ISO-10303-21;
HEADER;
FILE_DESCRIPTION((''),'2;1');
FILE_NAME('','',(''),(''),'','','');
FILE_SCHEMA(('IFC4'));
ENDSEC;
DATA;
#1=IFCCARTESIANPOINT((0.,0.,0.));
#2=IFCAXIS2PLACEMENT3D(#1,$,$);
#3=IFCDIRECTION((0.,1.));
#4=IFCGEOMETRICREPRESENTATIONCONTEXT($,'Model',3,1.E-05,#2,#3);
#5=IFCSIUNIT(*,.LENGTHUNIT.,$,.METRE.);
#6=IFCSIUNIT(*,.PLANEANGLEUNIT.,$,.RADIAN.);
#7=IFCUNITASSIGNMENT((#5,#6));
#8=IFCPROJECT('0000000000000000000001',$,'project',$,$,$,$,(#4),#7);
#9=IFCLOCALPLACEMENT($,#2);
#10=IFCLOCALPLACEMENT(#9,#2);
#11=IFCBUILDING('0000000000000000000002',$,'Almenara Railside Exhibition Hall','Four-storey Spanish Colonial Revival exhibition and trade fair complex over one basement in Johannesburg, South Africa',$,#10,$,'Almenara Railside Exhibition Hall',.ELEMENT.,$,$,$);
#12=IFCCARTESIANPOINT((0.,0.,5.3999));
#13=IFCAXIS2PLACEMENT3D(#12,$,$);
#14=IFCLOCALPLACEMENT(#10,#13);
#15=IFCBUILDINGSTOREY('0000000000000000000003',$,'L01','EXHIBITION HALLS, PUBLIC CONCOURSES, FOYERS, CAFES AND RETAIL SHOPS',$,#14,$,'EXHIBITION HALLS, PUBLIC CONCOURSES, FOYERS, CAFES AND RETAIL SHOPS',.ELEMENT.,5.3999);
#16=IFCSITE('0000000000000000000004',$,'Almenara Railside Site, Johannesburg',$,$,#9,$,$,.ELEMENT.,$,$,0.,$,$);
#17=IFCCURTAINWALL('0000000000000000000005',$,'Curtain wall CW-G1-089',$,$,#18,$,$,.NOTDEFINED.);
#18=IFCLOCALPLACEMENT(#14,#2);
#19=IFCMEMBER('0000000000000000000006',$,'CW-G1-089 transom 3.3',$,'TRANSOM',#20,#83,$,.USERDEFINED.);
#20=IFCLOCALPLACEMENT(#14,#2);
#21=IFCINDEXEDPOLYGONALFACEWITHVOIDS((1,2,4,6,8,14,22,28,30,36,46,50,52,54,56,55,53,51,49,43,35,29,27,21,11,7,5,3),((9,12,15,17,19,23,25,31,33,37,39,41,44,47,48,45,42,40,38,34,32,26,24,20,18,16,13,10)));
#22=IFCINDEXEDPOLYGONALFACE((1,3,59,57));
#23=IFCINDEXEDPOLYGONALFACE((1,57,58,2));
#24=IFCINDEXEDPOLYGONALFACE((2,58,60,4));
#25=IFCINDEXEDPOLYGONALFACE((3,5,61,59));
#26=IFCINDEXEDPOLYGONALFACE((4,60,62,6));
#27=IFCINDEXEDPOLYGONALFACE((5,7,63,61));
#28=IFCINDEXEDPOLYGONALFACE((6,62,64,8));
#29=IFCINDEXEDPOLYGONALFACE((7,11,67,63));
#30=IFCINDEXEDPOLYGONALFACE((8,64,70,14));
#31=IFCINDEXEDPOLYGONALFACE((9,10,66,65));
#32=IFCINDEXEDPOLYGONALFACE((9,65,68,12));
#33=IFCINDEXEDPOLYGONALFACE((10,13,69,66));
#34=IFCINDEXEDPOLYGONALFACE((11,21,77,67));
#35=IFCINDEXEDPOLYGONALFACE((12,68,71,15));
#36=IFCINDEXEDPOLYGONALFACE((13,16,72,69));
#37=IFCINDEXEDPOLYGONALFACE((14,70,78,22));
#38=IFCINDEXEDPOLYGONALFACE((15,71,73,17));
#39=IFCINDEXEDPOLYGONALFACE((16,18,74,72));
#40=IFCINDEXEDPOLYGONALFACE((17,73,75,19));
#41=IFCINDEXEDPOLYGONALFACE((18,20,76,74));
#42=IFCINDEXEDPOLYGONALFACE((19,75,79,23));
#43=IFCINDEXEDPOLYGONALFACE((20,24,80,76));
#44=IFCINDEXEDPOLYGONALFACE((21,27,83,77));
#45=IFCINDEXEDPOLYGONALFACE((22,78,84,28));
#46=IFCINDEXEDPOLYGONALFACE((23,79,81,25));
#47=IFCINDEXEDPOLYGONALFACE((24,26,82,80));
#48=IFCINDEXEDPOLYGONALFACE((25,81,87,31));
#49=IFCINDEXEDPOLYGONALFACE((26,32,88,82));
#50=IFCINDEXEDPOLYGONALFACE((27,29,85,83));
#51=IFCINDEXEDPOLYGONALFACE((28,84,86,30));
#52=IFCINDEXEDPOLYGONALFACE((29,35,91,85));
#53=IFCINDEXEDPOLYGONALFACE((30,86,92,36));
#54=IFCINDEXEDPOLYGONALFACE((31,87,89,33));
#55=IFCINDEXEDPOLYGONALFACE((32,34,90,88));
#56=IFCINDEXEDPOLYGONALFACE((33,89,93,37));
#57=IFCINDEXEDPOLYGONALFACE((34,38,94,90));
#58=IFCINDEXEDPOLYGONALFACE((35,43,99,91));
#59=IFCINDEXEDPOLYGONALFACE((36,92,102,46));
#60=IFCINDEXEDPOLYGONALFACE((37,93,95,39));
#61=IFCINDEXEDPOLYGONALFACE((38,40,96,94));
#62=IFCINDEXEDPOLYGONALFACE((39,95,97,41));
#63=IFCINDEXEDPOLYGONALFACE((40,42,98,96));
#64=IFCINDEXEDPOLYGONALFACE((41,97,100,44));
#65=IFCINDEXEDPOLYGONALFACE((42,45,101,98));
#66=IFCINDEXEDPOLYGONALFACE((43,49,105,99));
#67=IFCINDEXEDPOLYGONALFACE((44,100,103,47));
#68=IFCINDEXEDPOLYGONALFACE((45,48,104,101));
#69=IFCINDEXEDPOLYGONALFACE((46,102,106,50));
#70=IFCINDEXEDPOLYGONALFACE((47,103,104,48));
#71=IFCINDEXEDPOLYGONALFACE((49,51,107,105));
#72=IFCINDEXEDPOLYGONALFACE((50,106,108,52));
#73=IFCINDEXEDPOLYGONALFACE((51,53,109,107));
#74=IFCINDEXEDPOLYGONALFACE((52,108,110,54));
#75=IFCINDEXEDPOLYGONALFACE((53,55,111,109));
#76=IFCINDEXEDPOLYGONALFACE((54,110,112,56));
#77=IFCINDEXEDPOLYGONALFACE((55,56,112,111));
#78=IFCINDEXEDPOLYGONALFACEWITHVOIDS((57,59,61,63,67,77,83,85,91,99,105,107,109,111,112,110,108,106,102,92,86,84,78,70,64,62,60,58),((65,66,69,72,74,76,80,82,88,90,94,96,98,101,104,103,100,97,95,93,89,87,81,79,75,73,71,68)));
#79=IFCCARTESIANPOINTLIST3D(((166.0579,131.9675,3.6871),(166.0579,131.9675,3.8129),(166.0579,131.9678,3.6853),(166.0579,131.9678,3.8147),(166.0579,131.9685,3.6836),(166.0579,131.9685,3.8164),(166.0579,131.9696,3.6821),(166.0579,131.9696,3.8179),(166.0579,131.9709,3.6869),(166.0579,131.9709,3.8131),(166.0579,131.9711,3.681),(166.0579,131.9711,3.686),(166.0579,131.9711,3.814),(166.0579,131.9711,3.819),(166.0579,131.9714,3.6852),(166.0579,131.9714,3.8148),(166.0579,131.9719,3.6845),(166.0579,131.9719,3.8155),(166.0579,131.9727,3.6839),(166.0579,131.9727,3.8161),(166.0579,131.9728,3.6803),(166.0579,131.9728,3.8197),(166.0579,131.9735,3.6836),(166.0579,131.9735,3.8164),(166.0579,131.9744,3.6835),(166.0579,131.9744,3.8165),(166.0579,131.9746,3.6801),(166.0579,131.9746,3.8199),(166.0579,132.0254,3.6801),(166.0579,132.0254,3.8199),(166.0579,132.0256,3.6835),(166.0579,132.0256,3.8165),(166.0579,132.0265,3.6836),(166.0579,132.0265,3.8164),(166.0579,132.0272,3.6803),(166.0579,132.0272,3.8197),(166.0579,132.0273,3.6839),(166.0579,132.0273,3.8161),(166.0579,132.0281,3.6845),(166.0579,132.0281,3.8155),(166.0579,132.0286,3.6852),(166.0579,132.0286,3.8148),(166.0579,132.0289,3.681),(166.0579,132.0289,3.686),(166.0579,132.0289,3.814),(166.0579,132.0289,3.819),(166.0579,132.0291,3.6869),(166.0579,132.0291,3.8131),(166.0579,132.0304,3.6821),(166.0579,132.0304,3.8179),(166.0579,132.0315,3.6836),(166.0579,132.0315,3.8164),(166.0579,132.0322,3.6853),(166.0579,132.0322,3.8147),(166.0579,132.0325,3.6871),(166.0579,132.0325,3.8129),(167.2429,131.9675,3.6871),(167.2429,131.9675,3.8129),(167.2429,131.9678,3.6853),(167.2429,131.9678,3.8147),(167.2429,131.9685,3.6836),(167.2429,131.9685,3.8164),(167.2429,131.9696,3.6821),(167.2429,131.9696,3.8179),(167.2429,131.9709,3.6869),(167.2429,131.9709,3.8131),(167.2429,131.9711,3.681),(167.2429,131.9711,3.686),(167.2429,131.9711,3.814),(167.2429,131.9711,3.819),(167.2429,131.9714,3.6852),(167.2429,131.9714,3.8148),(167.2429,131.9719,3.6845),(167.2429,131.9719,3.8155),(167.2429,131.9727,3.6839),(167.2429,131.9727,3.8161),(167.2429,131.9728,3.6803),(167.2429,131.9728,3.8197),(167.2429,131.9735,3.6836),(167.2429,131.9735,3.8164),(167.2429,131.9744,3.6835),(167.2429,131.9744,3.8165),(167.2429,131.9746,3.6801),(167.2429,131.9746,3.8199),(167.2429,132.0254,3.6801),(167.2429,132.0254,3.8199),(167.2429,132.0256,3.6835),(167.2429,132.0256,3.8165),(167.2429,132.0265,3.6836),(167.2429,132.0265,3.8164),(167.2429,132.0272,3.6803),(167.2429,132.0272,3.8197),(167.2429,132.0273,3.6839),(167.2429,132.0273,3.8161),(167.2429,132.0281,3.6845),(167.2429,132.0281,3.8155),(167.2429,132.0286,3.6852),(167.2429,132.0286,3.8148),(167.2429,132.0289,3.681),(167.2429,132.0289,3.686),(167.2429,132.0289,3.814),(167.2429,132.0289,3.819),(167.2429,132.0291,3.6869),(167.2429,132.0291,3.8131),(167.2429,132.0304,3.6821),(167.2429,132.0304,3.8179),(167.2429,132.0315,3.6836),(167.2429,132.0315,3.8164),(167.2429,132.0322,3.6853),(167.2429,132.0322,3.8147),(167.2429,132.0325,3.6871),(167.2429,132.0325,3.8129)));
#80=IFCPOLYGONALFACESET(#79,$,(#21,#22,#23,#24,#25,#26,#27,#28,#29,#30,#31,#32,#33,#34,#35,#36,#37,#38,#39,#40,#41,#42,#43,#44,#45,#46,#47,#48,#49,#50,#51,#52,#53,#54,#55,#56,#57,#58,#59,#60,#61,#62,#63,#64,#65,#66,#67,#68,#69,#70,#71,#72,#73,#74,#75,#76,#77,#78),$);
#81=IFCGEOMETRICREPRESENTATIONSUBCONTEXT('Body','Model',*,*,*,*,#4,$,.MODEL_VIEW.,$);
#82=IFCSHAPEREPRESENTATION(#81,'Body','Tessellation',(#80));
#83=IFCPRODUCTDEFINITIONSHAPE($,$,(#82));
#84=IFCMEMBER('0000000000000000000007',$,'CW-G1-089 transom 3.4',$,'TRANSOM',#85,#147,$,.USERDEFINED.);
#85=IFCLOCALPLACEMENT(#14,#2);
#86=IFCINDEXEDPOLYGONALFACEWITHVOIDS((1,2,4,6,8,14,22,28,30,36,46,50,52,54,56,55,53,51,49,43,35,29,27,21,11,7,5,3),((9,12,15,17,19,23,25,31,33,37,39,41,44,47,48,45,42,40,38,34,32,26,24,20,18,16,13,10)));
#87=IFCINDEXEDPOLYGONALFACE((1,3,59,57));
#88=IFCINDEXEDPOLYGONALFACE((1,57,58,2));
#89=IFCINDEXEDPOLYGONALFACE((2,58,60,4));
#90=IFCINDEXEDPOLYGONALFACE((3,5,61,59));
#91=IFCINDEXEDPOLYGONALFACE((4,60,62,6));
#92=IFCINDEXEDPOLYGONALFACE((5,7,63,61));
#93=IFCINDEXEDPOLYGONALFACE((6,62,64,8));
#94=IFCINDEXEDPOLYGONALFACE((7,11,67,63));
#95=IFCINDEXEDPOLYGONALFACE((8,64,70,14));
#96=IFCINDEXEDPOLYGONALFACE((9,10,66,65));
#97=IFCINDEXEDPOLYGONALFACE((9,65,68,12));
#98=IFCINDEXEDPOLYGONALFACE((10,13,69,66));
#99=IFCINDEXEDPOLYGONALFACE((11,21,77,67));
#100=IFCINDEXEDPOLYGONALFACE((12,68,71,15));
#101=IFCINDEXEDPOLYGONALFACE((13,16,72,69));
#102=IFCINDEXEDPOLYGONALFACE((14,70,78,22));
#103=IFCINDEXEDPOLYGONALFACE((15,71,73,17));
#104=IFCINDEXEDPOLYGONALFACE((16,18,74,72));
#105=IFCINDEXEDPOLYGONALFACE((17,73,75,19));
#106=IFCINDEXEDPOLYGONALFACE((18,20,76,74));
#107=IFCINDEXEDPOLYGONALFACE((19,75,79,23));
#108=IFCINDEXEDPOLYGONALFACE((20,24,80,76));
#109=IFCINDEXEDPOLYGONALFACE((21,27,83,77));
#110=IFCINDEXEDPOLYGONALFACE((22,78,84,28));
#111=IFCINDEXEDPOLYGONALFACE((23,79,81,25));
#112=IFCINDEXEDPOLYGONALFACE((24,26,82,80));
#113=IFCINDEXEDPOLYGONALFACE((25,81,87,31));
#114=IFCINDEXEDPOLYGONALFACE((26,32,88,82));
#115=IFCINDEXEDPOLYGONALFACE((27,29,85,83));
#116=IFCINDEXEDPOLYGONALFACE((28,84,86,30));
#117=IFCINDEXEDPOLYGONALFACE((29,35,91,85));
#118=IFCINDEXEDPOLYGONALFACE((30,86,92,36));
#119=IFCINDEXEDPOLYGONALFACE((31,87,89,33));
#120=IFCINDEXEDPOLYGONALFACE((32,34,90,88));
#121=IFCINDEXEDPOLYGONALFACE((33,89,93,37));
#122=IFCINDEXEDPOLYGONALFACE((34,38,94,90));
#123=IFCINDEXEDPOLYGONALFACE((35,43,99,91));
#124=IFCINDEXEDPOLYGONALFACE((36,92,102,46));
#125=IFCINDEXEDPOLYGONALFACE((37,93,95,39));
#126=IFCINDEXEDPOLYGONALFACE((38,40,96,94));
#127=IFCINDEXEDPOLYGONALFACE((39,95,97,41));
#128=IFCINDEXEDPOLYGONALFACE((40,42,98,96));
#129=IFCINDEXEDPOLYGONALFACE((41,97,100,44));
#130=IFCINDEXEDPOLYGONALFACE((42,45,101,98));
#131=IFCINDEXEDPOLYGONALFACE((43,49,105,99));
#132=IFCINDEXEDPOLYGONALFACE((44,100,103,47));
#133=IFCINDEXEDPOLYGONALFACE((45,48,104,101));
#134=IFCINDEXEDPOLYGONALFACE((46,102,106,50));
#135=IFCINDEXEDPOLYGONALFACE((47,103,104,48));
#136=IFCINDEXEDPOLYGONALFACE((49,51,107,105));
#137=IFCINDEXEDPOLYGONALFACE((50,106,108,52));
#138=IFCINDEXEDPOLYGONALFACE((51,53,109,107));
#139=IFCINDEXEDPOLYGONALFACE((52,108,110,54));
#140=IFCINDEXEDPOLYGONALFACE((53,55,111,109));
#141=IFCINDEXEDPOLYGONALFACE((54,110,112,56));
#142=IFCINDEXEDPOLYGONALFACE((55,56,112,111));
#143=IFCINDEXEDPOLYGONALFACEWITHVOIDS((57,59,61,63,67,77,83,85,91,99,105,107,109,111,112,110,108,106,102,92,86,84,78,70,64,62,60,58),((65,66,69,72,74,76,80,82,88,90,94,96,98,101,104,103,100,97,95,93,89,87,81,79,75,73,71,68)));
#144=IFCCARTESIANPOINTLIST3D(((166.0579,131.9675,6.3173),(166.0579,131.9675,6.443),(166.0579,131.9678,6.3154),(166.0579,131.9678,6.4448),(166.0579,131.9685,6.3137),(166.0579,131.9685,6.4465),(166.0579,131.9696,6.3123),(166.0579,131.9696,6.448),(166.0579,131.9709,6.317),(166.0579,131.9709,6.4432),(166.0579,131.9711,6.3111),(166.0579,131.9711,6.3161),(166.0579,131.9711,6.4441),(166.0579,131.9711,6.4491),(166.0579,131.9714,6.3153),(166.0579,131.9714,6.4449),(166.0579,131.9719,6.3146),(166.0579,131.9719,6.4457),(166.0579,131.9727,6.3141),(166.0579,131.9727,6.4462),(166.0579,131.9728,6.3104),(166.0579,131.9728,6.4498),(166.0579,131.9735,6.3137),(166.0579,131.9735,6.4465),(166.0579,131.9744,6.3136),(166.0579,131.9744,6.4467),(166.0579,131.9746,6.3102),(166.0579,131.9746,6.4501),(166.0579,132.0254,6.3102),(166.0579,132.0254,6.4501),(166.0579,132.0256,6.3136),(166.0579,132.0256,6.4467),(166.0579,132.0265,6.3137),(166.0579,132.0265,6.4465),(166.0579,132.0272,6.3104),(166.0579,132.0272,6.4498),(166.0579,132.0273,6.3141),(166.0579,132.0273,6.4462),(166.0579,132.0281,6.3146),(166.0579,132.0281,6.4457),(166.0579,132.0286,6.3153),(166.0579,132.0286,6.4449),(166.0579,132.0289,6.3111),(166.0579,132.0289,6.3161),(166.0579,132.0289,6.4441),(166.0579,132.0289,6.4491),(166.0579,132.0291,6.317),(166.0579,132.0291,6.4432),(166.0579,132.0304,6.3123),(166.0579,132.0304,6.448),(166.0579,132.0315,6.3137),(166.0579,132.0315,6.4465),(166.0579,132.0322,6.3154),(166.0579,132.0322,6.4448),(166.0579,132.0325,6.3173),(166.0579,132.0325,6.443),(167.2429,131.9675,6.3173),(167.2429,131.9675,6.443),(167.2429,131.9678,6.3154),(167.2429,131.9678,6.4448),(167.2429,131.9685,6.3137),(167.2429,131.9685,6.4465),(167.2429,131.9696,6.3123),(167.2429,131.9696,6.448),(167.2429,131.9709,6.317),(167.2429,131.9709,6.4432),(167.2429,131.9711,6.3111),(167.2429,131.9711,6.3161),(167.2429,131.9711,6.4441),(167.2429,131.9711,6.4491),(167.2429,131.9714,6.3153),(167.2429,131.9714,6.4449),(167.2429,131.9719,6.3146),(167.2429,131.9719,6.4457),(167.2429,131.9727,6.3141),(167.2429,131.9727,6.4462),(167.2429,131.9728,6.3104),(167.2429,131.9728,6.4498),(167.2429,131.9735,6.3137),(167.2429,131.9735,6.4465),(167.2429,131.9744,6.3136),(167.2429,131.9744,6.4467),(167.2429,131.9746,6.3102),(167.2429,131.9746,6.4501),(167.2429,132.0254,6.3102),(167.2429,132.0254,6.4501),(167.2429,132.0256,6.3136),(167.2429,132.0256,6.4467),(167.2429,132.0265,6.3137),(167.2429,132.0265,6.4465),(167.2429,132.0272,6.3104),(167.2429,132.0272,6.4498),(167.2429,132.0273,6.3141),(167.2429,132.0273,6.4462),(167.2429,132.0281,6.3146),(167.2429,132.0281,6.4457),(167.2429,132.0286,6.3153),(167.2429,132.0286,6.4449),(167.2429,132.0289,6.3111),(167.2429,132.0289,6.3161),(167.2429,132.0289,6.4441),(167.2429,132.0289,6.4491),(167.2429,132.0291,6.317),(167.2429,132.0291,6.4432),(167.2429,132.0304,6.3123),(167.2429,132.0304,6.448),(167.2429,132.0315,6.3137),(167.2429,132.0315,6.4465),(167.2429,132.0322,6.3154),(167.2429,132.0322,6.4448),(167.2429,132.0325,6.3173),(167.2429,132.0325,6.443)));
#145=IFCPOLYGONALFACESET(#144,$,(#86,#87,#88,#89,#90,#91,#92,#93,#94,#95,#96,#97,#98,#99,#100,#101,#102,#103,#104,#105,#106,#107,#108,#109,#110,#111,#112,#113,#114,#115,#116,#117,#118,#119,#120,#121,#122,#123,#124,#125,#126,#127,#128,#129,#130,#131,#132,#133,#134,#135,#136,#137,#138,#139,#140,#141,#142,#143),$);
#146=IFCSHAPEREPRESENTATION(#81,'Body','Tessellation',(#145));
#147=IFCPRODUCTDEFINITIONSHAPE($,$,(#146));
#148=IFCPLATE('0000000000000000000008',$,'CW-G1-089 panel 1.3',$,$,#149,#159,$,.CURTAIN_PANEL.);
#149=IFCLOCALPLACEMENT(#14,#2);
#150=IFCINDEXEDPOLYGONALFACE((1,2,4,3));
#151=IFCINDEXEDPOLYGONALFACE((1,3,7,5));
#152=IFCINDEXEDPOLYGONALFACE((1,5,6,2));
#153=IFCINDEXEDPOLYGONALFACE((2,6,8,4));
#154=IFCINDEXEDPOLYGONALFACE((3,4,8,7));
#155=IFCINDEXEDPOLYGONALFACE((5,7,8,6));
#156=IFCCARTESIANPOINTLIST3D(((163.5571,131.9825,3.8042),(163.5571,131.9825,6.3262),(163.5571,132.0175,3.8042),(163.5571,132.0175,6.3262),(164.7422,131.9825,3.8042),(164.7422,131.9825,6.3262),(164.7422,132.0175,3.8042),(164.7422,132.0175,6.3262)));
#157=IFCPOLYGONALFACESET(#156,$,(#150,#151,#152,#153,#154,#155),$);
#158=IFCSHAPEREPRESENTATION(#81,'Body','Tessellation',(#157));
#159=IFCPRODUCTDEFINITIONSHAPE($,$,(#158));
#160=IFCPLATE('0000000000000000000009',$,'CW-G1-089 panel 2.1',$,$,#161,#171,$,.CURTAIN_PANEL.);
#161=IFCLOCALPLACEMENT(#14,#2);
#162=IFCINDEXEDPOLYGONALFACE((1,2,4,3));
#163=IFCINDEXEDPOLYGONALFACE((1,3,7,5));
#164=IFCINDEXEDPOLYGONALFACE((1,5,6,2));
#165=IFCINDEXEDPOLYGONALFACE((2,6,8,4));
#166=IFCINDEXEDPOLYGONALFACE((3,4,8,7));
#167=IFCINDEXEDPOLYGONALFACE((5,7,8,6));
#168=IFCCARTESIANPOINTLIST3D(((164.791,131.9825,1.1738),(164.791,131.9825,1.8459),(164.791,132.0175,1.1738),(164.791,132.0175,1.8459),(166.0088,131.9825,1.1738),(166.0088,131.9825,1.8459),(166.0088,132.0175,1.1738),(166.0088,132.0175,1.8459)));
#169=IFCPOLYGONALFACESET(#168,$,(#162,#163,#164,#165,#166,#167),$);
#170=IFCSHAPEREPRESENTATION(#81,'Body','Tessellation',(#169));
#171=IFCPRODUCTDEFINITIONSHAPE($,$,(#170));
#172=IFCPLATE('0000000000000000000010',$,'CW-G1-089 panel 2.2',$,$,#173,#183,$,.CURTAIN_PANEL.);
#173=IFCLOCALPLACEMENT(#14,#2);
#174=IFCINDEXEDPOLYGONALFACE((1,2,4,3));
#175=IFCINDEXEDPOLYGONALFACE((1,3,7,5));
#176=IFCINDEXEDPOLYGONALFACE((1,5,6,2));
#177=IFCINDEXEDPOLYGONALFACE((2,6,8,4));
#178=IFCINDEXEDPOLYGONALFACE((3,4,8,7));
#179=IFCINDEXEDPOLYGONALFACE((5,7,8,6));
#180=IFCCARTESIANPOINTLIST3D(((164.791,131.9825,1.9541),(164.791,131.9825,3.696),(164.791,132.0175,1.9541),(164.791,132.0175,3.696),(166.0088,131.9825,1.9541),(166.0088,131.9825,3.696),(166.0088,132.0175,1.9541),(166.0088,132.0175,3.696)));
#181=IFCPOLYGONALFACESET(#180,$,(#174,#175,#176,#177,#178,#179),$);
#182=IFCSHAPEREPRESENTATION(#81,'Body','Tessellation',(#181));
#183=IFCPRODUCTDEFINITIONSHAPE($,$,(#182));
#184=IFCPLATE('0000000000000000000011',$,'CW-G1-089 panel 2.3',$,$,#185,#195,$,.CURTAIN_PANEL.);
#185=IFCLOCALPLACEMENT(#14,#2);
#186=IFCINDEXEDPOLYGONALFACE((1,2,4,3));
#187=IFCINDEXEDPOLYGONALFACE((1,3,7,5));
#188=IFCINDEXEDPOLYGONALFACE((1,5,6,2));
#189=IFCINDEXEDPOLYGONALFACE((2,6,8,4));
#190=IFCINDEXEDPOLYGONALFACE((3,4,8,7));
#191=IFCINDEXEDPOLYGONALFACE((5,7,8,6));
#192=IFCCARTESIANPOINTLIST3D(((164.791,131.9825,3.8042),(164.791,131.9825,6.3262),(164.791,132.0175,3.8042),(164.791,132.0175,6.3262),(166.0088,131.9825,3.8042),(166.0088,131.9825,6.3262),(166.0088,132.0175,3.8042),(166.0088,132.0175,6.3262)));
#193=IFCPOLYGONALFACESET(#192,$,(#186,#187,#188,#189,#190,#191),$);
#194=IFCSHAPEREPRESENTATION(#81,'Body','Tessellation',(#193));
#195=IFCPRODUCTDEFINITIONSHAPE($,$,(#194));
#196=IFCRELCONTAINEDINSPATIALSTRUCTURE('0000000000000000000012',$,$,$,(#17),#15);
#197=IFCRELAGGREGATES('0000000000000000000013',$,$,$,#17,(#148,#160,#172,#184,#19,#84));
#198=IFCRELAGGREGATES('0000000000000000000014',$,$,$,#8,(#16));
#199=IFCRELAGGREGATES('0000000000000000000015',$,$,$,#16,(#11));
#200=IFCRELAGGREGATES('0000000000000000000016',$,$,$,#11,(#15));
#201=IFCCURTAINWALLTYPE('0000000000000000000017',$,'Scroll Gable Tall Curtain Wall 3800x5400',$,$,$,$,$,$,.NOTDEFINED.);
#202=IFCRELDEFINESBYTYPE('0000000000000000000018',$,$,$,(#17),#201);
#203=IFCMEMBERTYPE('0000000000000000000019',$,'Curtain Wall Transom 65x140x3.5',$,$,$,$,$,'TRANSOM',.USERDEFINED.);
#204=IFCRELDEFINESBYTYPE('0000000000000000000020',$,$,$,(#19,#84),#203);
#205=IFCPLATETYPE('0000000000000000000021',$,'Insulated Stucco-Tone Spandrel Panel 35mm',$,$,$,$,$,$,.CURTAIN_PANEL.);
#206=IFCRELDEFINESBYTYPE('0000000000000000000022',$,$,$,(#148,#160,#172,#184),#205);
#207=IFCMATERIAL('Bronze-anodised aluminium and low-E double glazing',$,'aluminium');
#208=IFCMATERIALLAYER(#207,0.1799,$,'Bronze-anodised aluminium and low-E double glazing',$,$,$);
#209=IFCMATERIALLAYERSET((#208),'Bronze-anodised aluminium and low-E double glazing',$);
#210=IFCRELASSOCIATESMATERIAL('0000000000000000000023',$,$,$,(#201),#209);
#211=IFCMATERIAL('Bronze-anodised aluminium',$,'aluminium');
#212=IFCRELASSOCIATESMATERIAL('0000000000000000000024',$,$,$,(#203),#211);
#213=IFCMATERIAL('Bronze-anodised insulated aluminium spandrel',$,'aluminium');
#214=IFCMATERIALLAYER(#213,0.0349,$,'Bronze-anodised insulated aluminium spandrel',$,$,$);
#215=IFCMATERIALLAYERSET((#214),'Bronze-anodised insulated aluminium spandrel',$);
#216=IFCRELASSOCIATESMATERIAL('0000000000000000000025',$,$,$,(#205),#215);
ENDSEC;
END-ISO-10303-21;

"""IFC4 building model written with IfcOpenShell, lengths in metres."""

from ifc_helpers import new_model, si_unit, direction, frame, origin, origin_2d, place, context, subcontext, project, spatial, rectangle, hollow_rectangle, extrude, material, layer, layer_set, material_profile, profile_set, type_object, element, aggregate, save


model = new_model("IFC4")

# Units and contexts
model_context = context("Model", 3, precision=1e-05, world=origin(), true_north=direction((0.0, 1.0)))
body_context = subcontext(model_context, "Body", "Model", "MODEL_VIEW")
ifc_project = project(units=[si_unit("LENGTHUNIT", "METRE"), si_unit("PLANEANGLEUNIT", "RADIAN")], contexts=[model_context])

# Site, building, storey
site_placement = place(None, origin())
site = spatial("IfcSite", under=ifc_project, at=site_placement, Name="Almenara Railside Site, Johannesburg", CompositionType="ELEMENT", RefElevation=0.0)
building_placement = place(site_placement, origin())
building = spatial("IfcBuilding", under=site, at=building_placement, Name="Almenara Railside Exhibition Hall", Description="Four-storey Spanish Colonial Revival exhibition and trade fair complex over one basement in Johannesburg, South Africa", LongName="Almenara Railside Exhibition Hall", CompositionType="ELEMENT")
storey_placement = place(building_placement, frame((0.0, 0.0, 5.3999)))
storey = spatial("IfcBuildingStorey", under=building, at=storey_placement, Name="L01", Description="EXHIBITION HALLS, PUBLIC CONCOURSES, FOYERS, CAFES AND RETAIL SHOPS", LongName="EXHIBITION HALLS, PUBLIC CONCOURSES, FOYERS, CAFES AND RETAIL SHOPS", CompositionType="ELEMENT", Elevation=5.3999)

# Shared definitions
ifc_material_1 = material(Name="Bronze-anodised aluminium and low-E double glazing", Category="aluminium")
ifc_layer_1 = layer(ifc_material_1, 0.1799, Name="Bronze-anodised aluminium and low-E double glazing")
ifc_layer_set_1 = layer_set([ifc_layer_1], Name="Bronze-anodised aluminium and low-E double glazing")
curtain_wall_type = type_object("IfcCurtainWallType", Name="Scroll Gable Tall Curtain Wall 3800x5400", PredefinedType="NOTDEFINED", material=ifc_layer_set_1)
ifc_material_2 = material(Name="Bronze-anodised aluminium", Category="aluminium")

# Curtain wall
curtain_wall_1_placement = place(storey_placement, origin())
curtain_wall_1 = element("IfcCurtainWall", 1, at=curtain_wall_1_placement, inside=storey, type_object=curtain_wall_type, Name="Curtain wall CW-G1-089", PredefinedType="NOTDEFINED")

# Members
ifc_material_profile_1 = material_profile(ifc_material_2, hollow_rectangle(XDim=0.0649, YDim=0.1399, WallThickness=0.0034, InnerFilletRadius=0.0034, OuterFilletRadius=0.0071, at=origin_2d()), Name="ALU-TRN 65x140x3.5")
ifc_profile_set_1 = profile_set([ifc_material_profile_1], Name="Bronze-anodised aluminium")
member_type_1 = type_object("IfcMemberType", Name="Curtain Wall Transom 65x140x3.5", ElementType="TRANSOM", PredefinedType="USERDEFINED", material=ifc_profile_set_1)
member_1_placement = place(storey_placement, frame((166.0579, 132.0, 3.75), z_axis=(1.0, 0.0, 0.0), x_axis=(0.0, 1.0, 0.0)))
member_1 = element("IfcMember", 2, at=member_1_placement, type_object=member_type_1, Name="CW-G1-089 transom 3.3", ObjectType="TRANSOM", PredefinedType="USERDEFINED", context=body_context, shape_type="SweptSolid", body=[
    extrude(hollow_rectangle(XDim=0.0649, YDim=0.1399, WallThickness=0.0034, InnerFilletRadius=0.0034, OuterFilletRadius=0.0071, at=origin_2d()), origin(), (0.0, 0.0, 1.0), 1.1851),
])
member_2_placement = place(storey_placement, frame((166.0579, 132.0, 6.3801), z_axis=(1.0, 0.0, 0.0), x_axis=(0.0, 1.0, 0.0)))
member_2 = element("IfcMember", 3, at=member_2_placement, type_object=member_type_1, Name="CW-G1-089 transom 3.4", ObjectType="TRANSOM", PredefinedType="USERDEFINED", context=body_context, shape_type="SweptSolid", body=[
    extrude(hollow_rectangle(XDim=0.0649, YDim=0.1399, WallThickness=0.0034, InnerFilletRadius=0.0034, OuterFilletRadius=0.0071, at=origin_2d()), origin(), (0.0, 0.0, 1.0), 1.1851),
])

# Plates
ifc_material_3 = material(Name="Bronze-anodised insulated aluminium spandrel", Category="aluminium")
ifc_layer_2 = layer(ifc_material_3, 0.0349, Name="Bronze-anodised insulated aluminium spandrel")
ifc_layer_set_2 = layer_set([ifc_layer_2], Name="Bronze-anodised insulated aluminium spandrel")
plate_type = type_object("IfcPlateType", Name="Insulated Stucco-Tone Spandrel Panel 35mm", PredefinedType="CURTAIN_PANEL", material=ifc_layer_set_2)
plate_1_placement = place(storey_placement, frame((164.1497, 132.0, 3.8042), z_axis=(0.0, 0.0, 1.0), x_axis=(1.0, 0.0, 0.0)))
plate_1 = element("IfcPlate", 4, at=plate_1_placement, type_object=plate_type, Name="CW-G1-089 panel 1.3", PredefinedType="CURTAIN_PANEL", context=body_context, shape_type="SweptSolid", body=[
    extrude(rectangle(XDim=1.1851, YDim=0.0349, at=origin_2d()), origin(), (0.0, 0.0, 1.0), 2.522),
])
plate_2_placement = place(storey_placement, frame((165.3999, 132.0, 1.1738), z_axis=(0.0, 0.0, 1.0), x_axis=(1.0, 0.0, 0.0)))
plate_2 = element("IfcPlate", 5, at=plate_2_placement, type_object=plate_type, Name="CW-G1-089 panel 2.1", PredefinedType="CURTAIN_PANEL", context=body_context, shape_type="SweptSolid", body=[
    extrude(rectangle(XDim=1.2178, YDim=0.0349, at=origin_2d()), origin(), (0.0, 0.0, 1.0), 0.6721),
])
plate_3_placement = place(storey_placement, frame((165.3999, 132.0, 1.9541), z_axis=(0.0, 0.0, 1.0), x_axis=(1.0, 0.0, 0.0)))
plate_3 = element("IfcPlate", 6, at=plate_3_placement, type_object=plate_type, Name="CW-G1-089 panel 2.2", PredefinedType="CURTAIN_PANEL", context=body_context, shape_type="SweptSolid", body=[
    extrude(rectangle(XDim=1.2178, YDim=0.0349, at=origin_2d()), origin(), (0.0, 0.0, 1.0), 1.7419),
])
plate_4_placement = place(storey_placement, frame((165.3999, 132.0, 3.8042), z_axis=(0.0, 0.0, 1.0), x_axis=(1.0, 0.0, 0.0)))
plate_4 = element("IfcPlate", 7, at=plate_4_placement, type_object=plate_type, Name="CW-G1-089 panel 2.3", PredefinedType="CURTAIN_PANEL", context=body_context, shape_type="SweptSolid", body=[
    extrude(rectangle(XDim=1.2178, YDim=0.0349, at=origin_2d()), origin(), (0.0, 0.0, 1.0), 2.522),
])
aggregate(curtain_wall_1, [plate_1, plate_2, plate_3, plate_4, member_1, member_2])

save(model, "model.ifc")
